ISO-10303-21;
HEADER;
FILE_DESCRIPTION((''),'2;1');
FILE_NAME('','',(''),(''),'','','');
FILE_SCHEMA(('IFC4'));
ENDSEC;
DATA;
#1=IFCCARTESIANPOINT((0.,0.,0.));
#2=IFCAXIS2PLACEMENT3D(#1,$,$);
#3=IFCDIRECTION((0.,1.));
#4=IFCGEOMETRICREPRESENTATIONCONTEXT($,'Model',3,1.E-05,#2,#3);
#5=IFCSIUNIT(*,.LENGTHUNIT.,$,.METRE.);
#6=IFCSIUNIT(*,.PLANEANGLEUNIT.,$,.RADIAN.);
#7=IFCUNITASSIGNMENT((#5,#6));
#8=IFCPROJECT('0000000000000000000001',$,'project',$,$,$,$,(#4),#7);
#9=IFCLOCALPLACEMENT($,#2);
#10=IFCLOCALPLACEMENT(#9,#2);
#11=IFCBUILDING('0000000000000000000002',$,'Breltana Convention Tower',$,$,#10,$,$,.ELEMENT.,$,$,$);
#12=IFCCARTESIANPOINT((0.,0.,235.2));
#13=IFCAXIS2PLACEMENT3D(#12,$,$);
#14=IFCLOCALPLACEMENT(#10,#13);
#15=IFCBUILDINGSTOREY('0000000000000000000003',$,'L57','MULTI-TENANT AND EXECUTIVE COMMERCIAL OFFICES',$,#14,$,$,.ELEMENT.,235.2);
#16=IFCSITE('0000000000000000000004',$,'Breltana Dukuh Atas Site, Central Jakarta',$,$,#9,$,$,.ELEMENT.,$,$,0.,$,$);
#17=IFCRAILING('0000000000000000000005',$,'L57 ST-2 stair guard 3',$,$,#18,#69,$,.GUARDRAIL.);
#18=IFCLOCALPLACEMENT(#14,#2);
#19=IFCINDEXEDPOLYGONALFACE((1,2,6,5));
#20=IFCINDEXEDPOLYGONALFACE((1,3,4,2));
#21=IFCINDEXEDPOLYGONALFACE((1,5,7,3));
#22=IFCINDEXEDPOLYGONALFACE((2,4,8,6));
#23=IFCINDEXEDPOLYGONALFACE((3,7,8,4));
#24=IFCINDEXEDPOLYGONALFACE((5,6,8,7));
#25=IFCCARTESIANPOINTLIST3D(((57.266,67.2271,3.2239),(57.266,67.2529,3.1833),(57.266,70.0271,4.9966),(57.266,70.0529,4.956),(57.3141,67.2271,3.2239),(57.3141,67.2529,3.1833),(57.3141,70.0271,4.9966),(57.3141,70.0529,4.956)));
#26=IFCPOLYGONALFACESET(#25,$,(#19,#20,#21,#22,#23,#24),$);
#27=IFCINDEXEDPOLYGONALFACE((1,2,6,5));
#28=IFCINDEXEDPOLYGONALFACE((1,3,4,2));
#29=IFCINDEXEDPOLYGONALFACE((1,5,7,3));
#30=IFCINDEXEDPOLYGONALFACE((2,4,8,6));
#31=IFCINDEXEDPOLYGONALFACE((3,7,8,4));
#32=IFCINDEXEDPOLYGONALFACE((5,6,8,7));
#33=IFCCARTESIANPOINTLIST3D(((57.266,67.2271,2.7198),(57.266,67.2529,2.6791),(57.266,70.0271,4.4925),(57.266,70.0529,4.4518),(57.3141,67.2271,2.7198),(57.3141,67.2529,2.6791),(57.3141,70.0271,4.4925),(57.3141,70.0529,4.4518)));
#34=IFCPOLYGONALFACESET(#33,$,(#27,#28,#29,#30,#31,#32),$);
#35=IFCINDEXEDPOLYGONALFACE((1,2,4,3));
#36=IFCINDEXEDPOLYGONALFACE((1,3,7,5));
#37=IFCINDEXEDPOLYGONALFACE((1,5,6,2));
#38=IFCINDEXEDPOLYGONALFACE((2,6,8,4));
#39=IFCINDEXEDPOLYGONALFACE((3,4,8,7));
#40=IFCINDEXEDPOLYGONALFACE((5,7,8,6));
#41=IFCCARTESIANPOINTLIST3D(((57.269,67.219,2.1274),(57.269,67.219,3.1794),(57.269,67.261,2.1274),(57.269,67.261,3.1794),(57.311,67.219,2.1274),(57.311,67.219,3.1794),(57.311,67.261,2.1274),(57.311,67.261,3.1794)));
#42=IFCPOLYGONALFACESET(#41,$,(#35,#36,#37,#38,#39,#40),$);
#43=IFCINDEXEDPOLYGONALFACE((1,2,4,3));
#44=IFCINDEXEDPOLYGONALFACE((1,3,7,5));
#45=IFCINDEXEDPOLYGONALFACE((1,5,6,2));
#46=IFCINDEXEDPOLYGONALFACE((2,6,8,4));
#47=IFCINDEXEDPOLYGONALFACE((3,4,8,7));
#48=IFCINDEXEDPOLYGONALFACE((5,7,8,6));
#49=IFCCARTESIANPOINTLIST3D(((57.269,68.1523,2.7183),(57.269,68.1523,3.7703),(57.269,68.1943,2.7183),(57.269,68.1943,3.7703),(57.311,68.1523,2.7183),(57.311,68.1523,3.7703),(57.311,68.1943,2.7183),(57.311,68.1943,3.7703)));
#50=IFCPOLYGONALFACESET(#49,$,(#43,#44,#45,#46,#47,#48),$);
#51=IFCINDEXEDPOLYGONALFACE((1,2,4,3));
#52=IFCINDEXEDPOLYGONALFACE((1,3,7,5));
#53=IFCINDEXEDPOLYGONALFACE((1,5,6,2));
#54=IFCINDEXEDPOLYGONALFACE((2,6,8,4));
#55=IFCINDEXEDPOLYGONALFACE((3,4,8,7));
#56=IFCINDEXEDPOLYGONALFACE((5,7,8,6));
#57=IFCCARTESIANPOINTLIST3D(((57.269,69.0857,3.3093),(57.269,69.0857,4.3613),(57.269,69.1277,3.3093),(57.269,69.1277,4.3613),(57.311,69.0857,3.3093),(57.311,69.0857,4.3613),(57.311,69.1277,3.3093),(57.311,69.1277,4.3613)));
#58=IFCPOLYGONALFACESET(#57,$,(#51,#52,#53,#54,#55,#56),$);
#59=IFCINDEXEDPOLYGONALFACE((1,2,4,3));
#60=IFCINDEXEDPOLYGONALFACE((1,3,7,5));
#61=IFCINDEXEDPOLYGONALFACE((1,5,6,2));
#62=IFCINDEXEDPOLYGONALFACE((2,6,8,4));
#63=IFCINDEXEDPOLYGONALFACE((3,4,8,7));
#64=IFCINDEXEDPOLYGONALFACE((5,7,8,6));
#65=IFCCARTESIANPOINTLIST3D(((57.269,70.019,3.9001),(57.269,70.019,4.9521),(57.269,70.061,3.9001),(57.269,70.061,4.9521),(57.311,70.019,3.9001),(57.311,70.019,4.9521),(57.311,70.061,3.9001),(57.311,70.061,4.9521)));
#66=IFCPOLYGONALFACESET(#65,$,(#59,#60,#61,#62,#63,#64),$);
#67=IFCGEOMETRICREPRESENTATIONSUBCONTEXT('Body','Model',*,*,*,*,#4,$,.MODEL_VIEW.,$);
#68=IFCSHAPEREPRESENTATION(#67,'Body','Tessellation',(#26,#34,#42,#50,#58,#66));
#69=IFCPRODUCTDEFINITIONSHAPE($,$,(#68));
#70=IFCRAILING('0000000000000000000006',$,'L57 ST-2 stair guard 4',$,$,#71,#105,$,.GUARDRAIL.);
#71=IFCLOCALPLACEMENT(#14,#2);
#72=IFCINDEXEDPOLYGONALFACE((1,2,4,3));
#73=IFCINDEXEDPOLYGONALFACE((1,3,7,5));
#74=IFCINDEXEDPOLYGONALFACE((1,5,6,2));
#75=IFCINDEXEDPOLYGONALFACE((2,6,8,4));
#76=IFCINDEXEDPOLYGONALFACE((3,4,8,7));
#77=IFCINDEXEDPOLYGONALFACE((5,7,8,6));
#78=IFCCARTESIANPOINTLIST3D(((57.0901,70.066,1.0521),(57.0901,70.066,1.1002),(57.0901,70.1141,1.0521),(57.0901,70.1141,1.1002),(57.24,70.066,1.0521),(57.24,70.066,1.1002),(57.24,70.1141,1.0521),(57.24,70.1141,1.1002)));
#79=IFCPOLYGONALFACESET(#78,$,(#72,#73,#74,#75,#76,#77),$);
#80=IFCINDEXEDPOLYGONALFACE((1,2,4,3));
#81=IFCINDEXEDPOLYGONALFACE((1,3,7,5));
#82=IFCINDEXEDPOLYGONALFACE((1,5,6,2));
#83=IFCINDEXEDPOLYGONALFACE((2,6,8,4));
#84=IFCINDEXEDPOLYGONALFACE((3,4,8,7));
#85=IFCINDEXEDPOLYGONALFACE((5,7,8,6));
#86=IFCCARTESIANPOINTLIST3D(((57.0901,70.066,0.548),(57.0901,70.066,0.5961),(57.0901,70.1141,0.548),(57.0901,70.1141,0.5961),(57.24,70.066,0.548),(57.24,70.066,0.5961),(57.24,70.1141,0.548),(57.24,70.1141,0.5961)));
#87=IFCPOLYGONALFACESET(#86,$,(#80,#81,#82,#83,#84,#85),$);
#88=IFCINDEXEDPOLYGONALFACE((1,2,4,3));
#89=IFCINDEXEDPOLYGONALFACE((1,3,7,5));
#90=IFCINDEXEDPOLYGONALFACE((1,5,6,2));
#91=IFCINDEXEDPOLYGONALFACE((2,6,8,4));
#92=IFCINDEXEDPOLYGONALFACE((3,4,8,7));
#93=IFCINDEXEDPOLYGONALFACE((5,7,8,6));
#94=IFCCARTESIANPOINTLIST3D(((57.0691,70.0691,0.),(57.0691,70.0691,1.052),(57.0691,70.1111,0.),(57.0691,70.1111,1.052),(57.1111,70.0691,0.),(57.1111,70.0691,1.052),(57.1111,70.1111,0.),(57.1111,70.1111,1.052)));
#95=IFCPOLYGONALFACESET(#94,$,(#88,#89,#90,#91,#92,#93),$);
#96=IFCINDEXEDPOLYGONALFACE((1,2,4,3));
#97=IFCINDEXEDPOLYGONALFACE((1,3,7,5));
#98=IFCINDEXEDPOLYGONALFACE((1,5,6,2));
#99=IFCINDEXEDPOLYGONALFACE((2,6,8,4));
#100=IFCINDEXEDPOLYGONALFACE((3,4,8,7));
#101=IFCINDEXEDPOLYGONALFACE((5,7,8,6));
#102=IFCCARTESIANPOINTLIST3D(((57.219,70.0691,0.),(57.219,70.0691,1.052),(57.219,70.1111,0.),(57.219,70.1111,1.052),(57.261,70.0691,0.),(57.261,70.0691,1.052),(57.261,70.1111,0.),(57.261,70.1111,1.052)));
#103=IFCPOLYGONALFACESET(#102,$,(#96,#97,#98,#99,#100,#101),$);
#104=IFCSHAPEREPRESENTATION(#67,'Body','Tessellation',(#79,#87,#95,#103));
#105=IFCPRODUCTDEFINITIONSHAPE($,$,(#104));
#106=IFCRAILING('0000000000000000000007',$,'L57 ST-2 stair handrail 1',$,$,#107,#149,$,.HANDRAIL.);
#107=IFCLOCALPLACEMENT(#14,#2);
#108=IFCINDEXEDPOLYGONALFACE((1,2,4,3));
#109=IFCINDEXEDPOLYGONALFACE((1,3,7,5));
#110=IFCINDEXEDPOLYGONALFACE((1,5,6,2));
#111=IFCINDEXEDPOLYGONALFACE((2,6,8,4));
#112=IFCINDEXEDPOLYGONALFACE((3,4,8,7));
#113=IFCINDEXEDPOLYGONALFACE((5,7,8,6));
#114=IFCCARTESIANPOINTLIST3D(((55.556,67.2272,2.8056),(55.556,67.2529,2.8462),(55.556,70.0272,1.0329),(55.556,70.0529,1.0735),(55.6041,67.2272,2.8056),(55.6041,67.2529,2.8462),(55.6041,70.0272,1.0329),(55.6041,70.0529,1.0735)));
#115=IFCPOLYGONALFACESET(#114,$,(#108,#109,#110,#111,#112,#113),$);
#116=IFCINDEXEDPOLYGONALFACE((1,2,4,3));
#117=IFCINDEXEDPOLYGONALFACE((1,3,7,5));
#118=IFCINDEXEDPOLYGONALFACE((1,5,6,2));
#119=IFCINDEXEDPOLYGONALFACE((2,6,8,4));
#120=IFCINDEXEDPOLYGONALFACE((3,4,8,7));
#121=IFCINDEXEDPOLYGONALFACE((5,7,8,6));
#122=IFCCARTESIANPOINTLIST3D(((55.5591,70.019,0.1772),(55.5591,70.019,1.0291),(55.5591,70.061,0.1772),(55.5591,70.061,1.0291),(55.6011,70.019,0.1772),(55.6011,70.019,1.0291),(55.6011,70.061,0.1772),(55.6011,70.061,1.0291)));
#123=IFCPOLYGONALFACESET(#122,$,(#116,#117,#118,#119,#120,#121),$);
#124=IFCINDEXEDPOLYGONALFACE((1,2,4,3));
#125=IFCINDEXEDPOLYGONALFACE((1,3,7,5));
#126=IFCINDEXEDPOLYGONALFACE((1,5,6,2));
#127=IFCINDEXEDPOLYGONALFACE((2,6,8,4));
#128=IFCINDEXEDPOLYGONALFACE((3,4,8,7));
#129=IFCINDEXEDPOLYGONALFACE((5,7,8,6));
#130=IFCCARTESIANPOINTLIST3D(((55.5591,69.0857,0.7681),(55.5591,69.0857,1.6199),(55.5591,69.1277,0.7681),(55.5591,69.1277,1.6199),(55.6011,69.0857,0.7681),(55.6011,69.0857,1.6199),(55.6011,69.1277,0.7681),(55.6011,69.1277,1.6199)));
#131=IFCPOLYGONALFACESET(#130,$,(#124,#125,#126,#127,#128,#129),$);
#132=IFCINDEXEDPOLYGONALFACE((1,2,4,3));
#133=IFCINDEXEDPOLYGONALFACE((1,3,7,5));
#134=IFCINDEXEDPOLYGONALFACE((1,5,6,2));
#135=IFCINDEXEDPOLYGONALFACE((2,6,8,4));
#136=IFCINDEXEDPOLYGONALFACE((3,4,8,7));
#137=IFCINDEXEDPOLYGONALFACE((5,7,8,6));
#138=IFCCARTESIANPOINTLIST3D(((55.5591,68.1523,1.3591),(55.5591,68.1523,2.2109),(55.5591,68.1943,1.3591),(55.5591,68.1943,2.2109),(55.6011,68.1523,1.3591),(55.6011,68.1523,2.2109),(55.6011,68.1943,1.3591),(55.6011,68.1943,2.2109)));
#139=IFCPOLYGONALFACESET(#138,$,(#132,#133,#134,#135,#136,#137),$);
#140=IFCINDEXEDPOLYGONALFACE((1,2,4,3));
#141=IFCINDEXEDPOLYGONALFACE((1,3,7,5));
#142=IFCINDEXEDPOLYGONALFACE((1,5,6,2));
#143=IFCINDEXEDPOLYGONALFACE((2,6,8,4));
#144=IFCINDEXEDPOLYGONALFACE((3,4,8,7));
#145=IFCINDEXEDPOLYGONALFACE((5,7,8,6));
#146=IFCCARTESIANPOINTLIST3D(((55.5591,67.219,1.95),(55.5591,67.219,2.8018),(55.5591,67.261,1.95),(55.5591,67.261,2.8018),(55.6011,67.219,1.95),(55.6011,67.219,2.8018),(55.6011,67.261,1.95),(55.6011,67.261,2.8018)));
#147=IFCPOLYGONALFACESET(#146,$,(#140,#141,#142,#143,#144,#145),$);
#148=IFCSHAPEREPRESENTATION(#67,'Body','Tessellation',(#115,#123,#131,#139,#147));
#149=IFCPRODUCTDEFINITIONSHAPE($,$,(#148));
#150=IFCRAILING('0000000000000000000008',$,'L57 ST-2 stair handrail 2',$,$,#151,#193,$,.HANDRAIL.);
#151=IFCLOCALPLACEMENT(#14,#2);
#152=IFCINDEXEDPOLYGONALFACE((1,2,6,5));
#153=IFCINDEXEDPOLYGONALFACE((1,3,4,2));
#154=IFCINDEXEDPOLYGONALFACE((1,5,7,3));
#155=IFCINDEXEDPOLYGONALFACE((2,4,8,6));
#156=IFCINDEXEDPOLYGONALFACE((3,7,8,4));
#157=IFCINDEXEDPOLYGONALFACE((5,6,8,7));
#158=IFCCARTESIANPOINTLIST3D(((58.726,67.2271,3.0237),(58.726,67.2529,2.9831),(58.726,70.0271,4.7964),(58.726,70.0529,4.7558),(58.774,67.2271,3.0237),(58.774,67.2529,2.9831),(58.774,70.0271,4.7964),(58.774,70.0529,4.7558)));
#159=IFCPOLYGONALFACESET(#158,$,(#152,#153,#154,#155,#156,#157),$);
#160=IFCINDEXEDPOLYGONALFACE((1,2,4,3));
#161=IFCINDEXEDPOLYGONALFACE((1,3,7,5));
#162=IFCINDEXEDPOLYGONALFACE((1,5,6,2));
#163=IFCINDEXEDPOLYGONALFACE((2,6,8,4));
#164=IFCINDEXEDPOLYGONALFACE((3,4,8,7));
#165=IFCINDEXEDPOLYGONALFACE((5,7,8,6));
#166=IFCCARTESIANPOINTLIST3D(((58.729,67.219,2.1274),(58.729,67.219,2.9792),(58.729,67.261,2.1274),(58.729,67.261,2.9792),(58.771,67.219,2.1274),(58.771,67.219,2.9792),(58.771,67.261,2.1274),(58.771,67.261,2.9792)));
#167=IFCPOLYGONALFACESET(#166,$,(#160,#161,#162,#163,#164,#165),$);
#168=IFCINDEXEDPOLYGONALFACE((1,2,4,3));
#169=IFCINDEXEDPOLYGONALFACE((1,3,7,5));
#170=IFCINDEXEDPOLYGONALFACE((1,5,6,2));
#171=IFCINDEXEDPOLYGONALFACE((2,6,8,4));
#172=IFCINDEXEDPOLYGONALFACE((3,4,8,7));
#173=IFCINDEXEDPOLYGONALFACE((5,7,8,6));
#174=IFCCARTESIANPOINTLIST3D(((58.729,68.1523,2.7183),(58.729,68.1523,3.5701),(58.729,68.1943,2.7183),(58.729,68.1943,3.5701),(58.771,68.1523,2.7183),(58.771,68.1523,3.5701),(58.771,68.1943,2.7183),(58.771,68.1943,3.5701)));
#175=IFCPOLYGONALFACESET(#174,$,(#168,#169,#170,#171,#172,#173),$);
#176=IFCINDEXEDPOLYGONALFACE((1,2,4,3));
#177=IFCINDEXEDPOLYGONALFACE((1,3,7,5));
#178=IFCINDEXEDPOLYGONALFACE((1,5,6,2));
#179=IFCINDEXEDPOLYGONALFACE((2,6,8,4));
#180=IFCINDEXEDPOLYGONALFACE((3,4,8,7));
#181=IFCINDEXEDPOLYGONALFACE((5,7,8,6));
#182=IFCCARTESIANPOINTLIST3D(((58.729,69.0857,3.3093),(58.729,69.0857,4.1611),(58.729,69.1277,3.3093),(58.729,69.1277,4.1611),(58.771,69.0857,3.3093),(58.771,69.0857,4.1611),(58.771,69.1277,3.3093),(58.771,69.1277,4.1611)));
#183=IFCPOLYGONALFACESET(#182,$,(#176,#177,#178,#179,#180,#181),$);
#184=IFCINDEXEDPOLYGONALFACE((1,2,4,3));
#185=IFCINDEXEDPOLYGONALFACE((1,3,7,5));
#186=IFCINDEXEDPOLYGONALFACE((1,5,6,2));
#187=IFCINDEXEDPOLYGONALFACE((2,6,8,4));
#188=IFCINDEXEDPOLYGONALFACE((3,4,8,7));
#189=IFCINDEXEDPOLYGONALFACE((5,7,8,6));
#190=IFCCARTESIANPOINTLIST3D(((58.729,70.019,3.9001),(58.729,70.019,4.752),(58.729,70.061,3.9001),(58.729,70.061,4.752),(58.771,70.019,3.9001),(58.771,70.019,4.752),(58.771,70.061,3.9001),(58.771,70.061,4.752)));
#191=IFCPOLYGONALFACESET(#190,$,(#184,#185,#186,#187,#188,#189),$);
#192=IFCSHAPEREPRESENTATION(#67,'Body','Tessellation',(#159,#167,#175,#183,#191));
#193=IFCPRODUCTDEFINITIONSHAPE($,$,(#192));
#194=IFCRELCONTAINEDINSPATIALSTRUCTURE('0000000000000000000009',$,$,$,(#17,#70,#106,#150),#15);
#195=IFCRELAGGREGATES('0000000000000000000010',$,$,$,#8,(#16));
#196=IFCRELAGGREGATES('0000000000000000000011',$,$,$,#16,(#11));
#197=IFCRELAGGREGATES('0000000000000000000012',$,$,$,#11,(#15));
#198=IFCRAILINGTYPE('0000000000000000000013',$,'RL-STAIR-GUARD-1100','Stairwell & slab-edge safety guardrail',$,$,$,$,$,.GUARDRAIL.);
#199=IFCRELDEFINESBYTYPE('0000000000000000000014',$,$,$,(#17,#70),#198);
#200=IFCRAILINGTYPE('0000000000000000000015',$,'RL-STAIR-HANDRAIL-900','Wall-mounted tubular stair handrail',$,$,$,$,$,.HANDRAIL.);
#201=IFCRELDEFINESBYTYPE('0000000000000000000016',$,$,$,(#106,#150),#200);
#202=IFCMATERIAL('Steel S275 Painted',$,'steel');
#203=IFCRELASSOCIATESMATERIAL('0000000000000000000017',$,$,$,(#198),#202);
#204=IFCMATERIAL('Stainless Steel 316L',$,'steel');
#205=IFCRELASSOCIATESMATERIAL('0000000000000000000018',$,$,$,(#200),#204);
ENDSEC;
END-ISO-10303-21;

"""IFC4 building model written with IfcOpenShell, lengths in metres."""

from ifc_helpers import new_model, si_unit, direction, frame, origin, origin_2d, place, context, subcontext, project, spatial, rectangle, extrude, material, type_object, element, save


model = new_model("IFC4")

# Units and contexts
model_context = context("Model", 3, precision=1e-05, world=origin(), true_north=direction((0.0, 1.0)))
body_context = subcontext(model_context, "Body", "Model", "MODEL_VIEW")
ifc_project = project(units=[si_unit("LENGTHUNIT", "METRE"), si_unit("PLANEANGLEUNIT", "RADIAN")], contexts=[model_context])

# Site, building, storey
site_placement = place(None, origin())
site = spatial("IfcSite", under=ifc_project, at=site_placement, Name="Breltana Dukuh Atas Site, Central Jakarta", CompositionType="ELEMENT", RefElevation=0.0)
building_placement = place(site_placement, origin())
building = spatial("IfcBuilding", under=site, at=building_placement, Name="Breltana Convention Tower", CompositionType="ELEMENT")
storey_placement = place(building_placement, frame((0.0, 0.0, 235.2)))
storey = spatial("IfcBuildingStorey", under=building, at=storey_placement, Name="L57", Description="MULTI-TENANT AND EXECUTIVE COMMERCIAL OFFICES", CompositionType="ELEMENT", Elevation=235.2)

# Railings
ifc_material_1 = material(Name="Steel S275 Painted", Category="steel")
railing_type_1 = type_object("IfcRailingType", Name="RL-STAIR-GUARD-1100", Description="Stairwell & slab-edge safety guardrail", PredefinedType="GUARDRAIL", material=ifc_material_1)
railing_1_placement = place(storey_placement, frame((57.29, 67.24, 2.1274)))
element("IfcRailing", 1, at=railing_1_placement, inside=storey, type_object=railing_type_1, Name="L57 ST-2 stair guard 3", PredefinedType="GUARDRAIL", context=body_context, shape_type="SweptSolid", body=[
    extrude(rectangle(XDim=0.0481, YDim=0.0481, at=origin_2d()), frame((0.0, 0.0, 1.0762), z_axis=(0.0, 0.844909, 0.53491), x_axis=(-1.0, 0.0, 0.0)), (0.0, 0.0, 1.0), 3.314),
    extrude(rectangle(XDim=0.0481, YDim=0.0481, at=origin_2d()), frame((0.0, 0.0, 0.572), z_axis=(0.0, 0.844909, 0.53491), x_axis=(-1.0, 0.0, 0.0)), (0.0, 0.0, 1.0), 3.314),
    extrude(rectangle(XDim=0.042, YDim=0.042, at=origin_2d()), origin(), (0.0, 0.0, 1.0), 1.052),
    extrude(rectangle(XDim=0.042, YDim=0.042, at=origin_2d()), frame((0.0, 0.9333, 0.5908)), (0.0, 0.0, 1.0), 1.052),
    extrude(rectangle(XDim=0.042, YDim=0.042, at=origin_2d()), frame((0.0, 1.8667, 1.1819)), (0.0, 0.0, 1.0), 1.052),
    extrude(rectangle(XDim=0.042, YDim=0.042, at=origin_2d()), frame((0.0, 2.8, 1.7727)), (0.0, 0.0, 1.0), 1.052),
])
railing_2_placement = place(storey_placement, frame((57.0901, 70.0901, 0.0)))
element("IfcRailing", 2, at=railing_2_placement, inside=storey, type_object=railing_type_1, Name="L57 ST-2 stair guard 4", PredefinedType="GUARDRAIL", context=body_context, shape_type="SweptSolid", body=[
    extrude(rectangle(XDim=0.0481, YDim=0.0481, at=origin_2d()), frame((0.0, 0.0, 1.0762), z_axis=(1.0, 0.0, 0.0), x_axis=(0.0, 1.0, 0.0)), (0.0, 0.0, 1.0), 0.1499),
    extrude(rectangle(XDim=0.0481, YDim=0.0481, at=origin_2d()), frame((0.0, 0.0, 0.572), z_axis=(1.0, 0.0, 0.0), x_axis=(0.0, 1.0, 0.0)), (0.0, 0.0, 1.0), 0.1499),
    extrude(rectangle(XDim=0.042, YDim=0.042, at=origin_2d()), origin(), (0.0, 0.0, 1.0), 1.052),
    extrude(rectangle(XDim=0.042, YDim=0.042, at=origin_2d()), frame((0.1499, 0.0, 0.0)), (0.0, 0.0, 1.0), 1.052),
])
ifc_material_2 = material(Name="Stainless Steel 316L", Category="steel")
railing_type_2 = type_object("IfcRailingType", Name="RL-STAIR-HANDRAIL-900", Description="Wall-mounted tubular stair handrail", PredefinedType="HANDRAIL", material=ifc_material_2)
railing_3_placement = place(storey_placement, frame((55.5801, 70.04, 0.1772)))
element("IfcRailing", 3, at=railing_3_placement, inside=storey, type_object=railing_type_2, Name="L57 ST-2 stair handrail 1", PredefinedType="HANDRAIL", context=body_context, shape_type="SweptSolid", body=[
    extrude(rectangle(XDim=0.0481, YDim=0.0481, at=origin_2d()), frame((0.0, 0.0, 0.876), z_axis=(0.0, -0.844909, 0.53491), x_axis=(1.0, 0.0, 0.0)), (0.0, 0.0, 1.0), 3.314),
    extrude(rectangle(XDim=0.042, YDim=0.042, at=origin_2d()), origin(), (0.0, 0.0, 1.0), 0.8518),
    extrude(rectangle(XDim=0.042, YDim=0.042, at=origin_2d()), frame((0.0, -0.9333, 0.5908)), (0.0, 0.0, 1.0), 0.8518),
    extrude(rectangle(XDim=0.042, YDim=0.042, at=origin_2d()), frame((0.0, -1.8667, 1.1819)), (0.0, 0.0, 1.0), 0.8518),
    extrude(rectangle(XDim=0.042, YDim=0.042, at=origin_2d()), frame((0.0, -2.8, 1.7727)), (0.0, 0.0, 1.0), 0.8518),
])
railing_4_placement = place(storey_placement, frame((58.75, 67.24, 2.1274)))
element("IfcRailing", 4, at=railing_4_placement, inside=storey, type_object=railing_type_2, Name="L57 ST-2 stair handrail 2", PredefinedType="HANDRAIL", context=body_context, shape_type="SweptSolid", body=[
    extrude(rectangle(XDim=0.0481, YDim=0.0481, at=origin_2d()), frame((0.0, 0.0, 0.876), z_axis=(0.0, 0.844909, 0.53491), x_axis=(-1.0, 0.0, 0.0)), (0.0, 0.0, 1.0), 3.314),
    extrude(rectangle(XDim=0.042, YDim=0.042, at=origin_2d()), origin(), (0.0, 0.0, 1.0), 0.8518),
    extrude(rectangle(XDim=0.042, YDim=0.042, at=origin_2d()), frame((0.0, 0.9333, 0.5908)), (0.0, 0.0, 1.0), 0.8518),
    extrude(rectangle(XDim=0.042, YDim=0.042, at=origin_2d()), frame((0.0, 1.8667, 1.1819)), (0.0, 0.0, 1.0), 0.8518),
    extrude(rectangle(XDim=0.042, YDim=0.042, at=origin_2d()), frame((0.0, 2.8, 1.7727)), (0.0, 0.0, 1.0), 0.8518),
])

save(model, "model.ifc")
